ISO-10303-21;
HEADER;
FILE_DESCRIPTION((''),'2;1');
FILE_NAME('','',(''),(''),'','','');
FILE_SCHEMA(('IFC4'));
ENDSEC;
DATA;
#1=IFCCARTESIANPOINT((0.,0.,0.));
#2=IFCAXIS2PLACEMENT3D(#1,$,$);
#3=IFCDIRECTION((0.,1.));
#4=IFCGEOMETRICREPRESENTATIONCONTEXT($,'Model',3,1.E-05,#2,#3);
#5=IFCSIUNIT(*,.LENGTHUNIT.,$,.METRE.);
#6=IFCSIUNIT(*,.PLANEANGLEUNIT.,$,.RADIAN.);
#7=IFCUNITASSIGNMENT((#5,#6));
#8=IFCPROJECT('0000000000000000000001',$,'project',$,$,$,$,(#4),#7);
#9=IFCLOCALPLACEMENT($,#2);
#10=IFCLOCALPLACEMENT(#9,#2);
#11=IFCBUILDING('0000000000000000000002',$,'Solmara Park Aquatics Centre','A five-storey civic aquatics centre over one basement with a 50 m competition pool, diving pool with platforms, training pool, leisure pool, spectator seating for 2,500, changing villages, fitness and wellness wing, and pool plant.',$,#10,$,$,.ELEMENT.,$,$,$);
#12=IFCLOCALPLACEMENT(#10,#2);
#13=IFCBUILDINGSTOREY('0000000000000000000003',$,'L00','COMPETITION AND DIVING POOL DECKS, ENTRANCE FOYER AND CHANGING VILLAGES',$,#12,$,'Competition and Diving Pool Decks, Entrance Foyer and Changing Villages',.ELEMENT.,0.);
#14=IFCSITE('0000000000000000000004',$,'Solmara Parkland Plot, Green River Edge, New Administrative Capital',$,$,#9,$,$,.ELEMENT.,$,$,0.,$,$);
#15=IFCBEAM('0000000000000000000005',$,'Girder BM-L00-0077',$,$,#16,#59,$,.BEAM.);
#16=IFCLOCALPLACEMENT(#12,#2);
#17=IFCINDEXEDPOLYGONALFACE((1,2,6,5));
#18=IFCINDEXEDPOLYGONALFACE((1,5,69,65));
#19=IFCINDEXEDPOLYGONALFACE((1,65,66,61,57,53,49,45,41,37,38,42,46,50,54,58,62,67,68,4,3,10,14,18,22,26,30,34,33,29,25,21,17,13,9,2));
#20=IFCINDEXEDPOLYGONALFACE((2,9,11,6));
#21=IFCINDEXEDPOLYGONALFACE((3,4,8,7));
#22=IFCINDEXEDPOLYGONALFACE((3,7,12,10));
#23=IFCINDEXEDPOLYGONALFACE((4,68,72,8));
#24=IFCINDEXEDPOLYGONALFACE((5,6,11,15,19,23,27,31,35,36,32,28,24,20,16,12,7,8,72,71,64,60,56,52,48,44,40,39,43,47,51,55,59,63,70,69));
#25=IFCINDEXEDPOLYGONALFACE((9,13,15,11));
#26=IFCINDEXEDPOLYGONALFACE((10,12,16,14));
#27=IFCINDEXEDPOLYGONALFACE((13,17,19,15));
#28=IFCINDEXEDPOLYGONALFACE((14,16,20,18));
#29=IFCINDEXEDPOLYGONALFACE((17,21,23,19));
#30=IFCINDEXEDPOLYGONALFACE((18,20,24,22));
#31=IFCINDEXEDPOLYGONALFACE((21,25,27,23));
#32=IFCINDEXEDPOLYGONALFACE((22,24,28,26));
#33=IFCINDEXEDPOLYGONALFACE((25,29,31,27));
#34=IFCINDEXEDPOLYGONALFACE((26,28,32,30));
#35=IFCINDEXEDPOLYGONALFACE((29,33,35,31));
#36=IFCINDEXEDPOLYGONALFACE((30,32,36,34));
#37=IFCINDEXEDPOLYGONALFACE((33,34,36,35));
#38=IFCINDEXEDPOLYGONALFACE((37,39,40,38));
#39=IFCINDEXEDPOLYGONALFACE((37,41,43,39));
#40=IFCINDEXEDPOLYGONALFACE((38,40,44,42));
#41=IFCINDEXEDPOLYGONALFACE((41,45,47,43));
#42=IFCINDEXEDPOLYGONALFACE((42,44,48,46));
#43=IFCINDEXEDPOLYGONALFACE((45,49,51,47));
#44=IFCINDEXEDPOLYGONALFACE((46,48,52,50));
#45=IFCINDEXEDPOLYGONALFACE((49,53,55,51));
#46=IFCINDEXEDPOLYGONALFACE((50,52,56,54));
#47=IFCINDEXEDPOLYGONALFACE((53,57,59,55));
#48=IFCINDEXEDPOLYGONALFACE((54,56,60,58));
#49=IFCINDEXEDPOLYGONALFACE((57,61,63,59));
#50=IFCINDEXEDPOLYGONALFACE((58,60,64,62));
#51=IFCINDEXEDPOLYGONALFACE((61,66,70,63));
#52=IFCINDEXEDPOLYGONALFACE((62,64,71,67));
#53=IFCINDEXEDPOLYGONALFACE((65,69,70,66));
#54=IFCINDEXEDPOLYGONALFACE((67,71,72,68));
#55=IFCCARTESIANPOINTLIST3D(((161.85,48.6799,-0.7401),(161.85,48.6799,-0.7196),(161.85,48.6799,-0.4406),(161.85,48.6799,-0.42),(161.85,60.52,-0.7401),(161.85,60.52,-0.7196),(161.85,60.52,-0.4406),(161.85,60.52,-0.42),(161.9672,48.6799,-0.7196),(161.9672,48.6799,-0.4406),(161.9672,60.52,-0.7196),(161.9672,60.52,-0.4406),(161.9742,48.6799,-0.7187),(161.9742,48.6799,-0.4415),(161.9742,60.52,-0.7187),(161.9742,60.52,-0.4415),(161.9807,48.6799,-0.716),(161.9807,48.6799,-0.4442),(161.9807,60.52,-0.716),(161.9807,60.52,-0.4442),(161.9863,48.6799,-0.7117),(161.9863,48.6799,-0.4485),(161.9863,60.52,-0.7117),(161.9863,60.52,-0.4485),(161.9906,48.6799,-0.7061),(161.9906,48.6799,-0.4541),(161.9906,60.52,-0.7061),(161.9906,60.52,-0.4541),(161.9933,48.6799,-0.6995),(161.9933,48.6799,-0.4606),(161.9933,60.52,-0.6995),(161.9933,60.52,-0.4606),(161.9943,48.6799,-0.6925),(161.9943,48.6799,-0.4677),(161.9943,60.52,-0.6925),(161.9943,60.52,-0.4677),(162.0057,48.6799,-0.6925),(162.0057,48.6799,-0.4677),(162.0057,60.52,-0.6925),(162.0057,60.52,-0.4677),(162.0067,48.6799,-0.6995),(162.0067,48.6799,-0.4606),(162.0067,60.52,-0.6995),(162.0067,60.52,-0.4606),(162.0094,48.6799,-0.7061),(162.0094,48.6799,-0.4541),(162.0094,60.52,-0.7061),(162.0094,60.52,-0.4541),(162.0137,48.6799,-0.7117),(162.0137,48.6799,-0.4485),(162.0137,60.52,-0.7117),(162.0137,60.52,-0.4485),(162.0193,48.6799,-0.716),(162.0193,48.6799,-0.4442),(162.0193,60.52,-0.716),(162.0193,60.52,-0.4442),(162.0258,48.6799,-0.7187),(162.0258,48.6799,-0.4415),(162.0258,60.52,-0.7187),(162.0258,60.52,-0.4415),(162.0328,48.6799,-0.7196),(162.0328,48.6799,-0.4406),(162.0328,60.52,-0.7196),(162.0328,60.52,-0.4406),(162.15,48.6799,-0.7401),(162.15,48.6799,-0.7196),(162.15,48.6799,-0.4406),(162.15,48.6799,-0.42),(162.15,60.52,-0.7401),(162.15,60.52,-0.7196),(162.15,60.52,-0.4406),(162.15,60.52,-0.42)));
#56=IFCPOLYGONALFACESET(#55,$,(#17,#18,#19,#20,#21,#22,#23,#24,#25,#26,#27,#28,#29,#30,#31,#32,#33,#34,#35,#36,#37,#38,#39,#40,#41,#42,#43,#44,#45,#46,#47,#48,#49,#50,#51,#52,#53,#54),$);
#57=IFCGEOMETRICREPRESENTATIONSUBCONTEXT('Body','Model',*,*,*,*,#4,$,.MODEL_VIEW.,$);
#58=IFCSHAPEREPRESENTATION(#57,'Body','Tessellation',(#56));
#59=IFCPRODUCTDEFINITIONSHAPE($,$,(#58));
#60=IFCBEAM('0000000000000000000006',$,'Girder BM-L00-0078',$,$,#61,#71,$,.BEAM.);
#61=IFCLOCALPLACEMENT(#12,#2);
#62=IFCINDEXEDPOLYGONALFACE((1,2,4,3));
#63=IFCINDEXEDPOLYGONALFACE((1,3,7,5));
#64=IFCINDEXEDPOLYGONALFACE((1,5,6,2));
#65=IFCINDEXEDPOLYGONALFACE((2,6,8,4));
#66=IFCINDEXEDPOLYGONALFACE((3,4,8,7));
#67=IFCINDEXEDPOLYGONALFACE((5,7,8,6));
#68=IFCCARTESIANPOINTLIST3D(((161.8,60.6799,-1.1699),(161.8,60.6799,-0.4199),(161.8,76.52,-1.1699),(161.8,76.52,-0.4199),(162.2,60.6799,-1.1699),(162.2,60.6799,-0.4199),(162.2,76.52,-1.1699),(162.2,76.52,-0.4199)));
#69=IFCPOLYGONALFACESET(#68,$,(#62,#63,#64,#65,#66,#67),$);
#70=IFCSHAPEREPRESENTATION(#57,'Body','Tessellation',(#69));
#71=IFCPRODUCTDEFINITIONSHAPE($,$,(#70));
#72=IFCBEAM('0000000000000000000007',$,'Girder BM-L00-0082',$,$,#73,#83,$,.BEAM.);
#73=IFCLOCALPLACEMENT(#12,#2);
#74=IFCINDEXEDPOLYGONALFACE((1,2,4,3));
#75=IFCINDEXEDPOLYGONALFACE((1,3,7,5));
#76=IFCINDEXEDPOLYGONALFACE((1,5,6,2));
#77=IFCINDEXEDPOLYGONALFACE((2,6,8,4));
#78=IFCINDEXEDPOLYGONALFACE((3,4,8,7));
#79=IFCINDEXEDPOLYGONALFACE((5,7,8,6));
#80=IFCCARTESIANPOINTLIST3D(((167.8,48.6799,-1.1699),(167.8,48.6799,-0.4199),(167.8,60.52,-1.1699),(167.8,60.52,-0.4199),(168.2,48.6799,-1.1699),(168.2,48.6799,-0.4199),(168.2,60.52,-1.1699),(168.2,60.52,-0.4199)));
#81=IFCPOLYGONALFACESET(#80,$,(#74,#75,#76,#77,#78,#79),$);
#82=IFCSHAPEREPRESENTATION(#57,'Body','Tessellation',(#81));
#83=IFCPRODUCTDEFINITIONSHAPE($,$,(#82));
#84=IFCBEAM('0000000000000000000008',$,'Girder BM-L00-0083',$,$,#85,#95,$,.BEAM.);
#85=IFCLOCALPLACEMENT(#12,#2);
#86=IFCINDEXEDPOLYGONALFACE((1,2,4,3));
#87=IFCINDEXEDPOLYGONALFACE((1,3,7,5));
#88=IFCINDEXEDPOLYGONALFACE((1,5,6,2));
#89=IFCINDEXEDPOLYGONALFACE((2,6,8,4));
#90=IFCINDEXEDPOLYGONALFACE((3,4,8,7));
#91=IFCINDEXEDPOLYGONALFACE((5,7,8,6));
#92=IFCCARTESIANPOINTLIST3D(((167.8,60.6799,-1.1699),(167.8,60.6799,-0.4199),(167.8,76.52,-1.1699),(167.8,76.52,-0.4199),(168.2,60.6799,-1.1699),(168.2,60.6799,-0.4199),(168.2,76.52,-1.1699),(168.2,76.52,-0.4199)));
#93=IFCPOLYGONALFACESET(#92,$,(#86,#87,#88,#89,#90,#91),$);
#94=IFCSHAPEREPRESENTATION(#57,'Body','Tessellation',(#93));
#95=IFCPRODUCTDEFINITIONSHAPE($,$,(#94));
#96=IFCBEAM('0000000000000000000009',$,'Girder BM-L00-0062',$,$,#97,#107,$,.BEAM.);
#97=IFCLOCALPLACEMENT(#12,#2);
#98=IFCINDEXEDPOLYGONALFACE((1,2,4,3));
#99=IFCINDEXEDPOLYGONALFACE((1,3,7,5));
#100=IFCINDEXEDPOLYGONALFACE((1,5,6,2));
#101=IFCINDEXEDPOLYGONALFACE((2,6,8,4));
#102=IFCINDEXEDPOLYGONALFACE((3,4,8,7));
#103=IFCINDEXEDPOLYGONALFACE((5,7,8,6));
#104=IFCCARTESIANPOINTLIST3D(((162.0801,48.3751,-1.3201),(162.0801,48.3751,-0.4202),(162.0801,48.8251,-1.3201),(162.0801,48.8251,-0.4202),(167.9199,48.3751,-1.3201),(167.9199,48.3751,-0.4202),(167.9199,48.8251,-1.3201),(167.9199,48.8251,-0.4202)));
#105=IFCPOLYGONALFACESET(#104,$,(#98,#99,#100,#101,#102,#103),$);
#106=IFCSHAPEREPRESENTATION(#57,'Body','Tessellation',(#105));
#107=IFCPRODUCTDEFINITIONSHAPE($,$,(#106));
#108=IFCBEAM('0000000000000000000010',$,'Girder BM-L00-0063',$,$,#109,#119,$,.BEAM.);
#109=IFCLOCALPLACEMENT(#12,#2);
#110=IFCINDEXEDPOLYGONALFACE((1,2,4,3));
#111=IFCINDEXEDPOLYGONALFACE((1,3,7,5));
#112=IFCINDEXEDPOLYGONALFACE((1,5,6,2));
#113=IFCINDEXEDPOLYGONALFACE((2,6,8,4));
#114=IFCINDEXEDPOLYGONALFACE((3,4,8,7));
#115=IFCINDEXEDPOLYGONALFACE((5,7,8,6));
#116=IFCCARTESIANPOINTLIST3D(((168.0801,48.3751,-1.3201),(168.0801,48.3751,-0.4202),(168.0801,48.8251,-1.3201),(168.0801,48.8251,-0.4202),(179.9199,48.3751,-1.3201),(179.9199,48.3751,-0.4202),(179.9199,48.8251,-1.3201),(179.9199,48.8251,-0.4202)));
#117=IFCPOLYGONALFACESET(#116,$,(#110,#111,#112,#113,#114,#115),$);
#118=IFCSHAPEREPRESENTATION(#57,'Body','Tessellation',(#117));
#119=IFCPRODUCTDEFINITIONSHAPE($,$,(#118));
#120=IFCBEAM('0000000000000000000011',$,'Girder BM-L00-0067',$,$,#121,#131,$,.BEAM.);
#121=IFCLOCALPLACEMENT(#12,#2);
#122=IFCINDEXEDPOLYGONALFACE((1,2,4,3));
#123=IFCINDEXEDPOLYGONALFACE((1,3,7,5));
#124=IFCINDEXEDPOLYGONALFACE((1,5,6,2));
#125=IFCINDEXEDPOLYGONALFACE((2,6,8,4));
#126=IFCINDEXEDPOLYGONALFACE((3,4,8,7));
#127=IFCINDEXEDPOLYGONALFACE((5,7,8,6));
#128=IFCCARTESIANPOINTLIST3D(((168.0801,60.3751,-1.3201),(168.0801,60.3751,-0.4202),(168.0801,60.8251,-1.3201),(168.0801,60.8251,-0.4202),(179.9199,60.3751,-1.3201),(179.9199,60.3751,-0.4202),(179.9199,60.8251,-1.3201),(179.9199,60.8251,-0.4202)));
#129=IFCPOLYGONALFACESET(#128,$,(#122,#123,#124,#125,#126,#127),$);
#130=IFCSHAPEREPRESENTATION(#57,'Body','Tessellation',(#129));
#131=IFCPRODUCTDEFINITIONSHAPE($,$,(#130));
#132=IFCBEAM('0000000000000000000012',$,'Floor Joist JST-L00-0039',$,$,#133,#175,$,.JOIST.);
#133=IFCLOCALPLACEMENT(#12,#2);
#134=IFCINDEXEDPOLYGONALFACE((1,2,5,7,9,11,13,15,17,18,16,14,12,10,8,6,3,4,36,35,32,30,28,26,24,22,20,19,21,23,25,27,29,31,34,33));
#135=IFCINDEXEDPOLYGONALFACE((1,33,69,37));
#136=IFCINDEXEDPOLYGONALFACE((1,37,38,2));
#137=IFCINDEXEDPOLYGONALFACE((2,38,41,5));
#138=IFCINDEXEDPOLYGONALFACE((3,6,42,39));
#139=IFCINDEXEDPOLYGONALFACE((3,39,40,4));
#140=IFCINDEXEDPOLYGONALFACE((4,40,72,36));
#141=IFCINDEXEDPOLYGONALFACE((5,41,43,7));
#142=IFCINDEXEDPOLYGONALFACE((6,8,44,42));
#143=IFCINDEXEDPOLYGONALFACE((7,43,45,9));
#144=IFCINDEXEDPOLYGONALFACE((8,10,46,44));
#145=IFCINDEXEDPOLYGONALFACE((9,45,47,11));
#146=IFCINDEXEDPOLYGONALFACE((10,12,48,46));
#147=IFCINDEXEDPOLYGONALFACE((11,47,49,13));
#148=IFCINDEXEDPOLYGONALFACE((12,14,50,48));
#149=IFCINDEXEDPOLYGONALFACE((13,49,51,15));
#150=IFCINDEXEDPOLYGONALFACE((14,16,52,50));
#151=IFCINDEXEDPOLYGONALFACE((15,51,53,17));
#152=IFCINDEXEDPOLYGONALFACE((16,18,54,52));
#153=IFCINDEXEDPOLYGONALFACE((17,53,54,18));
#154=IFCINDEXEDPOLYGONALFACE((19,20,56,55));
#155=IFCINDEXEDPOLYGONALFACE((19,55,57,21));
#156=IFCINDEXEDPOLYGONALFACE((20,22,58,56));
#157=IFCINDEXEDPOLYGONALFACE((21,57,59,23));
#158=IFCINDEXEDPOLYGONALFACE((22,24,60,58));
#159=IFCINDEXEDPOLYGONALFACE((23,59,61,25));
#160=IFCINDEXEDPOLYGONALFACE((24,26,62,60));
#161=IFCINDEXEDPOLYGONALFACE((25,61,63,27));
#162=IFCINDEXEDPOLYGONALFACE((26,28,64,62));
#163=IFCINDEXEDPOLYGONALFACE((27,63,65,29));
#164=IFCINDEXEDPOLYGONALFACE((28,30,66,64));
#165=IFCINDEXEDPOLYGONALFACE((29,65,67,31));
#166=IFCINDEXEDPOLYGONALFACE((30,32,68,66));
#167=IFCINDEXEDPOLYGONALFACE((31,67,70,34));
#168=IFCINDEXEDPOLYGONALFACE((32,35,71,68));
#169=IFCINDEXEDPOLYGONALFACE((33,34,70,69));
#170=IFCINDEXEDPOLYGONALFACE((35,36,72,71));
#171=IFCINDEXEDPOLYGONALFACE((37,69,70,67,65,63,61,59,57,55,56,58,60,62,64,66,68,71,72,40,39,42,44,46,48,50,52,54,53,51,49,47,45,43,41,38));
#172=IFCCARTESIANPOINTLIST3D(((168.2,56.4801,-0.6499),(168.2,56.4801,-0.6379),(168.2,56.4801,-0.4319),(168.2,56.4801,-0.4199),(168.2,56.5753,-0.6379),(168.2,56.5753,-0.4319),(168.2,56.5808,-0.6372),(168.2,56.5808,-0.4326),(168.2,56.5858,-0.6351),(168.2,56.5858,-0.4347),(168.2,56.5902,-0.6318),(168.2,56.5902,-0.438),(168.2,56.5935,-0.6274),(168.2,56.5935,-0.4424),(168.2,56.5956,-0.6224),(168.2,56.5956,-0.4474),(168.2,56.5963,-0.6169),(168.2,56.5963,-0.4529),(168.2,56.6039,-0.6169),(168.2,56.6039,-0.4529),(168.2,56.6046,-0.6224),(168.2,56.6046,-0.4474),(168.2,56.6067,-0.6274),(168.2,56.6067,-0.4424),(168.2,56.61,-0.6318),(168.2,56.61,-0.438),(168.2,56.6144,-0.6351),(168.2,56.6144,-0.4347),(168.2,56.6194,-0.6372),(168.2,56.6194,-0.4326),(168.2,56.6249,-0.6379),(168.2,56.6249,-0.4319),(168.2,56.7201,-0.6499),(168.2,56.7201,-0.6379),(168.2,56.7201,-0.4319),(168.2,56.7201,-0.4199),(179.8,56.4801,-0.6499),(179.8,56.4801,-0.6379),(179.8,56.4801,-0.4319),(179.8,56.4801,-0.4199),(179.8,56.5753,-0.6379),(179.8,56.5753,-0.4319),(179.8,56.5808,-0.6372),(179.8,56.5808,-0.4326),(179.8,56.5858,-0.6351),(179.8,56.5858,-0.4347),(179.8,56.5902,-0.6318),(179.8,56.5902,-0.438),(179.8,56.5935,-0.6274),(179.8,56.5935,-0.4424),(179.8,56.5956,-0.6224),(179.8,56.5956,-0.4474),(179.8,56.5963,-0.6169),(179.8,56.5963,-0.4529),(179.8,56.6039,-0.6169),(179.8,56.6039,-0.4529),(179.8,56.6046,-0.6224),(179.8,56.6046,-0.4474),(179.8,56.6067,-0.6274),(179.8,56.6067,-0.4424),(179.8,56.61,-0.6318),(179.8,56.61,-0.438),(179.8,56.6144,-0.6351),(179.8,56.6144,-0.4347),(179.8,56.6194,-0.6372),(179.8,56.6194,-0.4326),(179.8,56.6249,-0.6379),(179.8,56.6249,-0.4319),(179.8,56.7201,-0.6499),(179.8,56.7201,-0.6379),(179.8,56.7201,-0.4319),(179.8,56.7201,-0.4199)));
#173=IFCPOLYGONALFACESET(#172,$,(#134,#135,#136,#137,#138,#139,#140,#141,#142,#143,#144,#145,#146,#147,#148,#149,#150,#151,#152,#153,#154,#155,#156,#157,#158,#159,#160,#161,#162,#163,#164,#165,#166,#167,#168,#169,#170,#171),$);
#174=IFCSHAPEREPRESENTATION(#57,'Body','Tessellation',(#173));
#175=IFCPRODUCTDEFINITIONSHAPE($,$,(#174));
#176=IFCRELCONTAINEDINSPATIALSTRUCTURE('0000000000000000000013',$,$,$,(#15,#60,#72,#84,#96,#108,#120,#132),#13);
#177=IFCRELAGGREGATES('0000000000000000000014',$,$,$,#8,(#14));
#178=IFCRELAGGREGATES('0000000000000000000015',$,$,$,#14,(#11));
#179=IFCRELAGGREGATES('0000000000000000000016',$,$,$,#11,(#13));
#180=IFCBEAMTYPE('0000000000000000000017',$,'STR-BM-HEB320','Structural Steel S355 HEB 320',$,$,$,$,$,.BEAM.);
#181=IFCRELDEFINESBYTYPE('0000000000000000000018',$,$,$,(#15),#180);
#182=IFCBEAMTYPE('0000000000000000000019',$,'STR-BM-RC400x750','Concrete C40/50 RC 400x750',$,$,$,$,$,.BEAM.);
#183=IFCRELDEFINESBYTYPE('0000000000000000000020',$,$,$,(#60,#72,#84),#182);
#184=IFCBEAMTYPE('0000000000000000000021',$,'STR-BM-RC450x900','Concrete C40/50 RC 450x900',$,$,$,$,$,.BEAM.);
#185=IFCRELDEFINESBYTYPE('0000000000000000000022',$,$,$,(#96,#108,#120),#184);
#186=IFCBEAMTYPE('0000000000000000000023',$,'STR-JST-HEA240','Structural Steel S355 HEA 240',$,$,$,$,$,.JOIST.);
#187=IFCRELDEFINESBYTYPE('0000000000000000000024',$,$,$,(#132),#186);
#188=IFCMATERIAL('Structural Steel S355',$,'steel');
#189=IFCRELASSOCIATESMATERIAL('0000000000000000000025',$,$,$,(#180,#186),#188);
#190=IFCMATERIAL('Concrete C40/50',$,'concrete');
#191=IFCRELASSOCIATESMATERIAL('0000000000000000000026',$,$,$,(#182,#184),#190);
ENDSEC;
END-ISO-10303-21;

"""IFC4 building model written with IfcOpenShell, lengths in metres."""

from ifc_helpers import new_model, si_unit, direction, frame, origin, origin_2d, place, context, subcontext, project, spatial, rectangle, i_section, extrude, material, material_profile, profile_set, type_object, element, save


model = new_model("IFC4")

# Units and contexts
model_context = context("Model", 3, precision=1e-05, world=origin(), true_north=direction((0.0, 1.0)))
body_context = subcontext(model_context, "Body", "Model", "MODEL_VIEW")
ifc_project = project(units=[si_unit("LENGTHUNIT", "METRE"), si_unit("PLANEANGLEUNIT", "RADIAN")], contexts=[model_context])

# Site, building, storey
site_placement = place(None, origin())
site = spatial("IfcSite", under=ifc_project, at=site_placement, Name="Solmara Parkland Plot, Green River Edge, New Administrative Capital", CompositionType="ELEMENT", RefElevation=0.0)
building_placement = place(site_placement, origin())
building = spatial("IfcBuilding", under=site, at=building_placement, Name="Solmara Park Aquatics Centre", Description="A five-storey civic aquatics centre over one basement with a 50 m competition pool, diving pool with platforms, training pool, leisure pool, spectator seating for 2,500, changing villages, fitness and wellness wing, and pool plant.", CompositionType="ELEMENT")
storey_placement = place(building_placement, origin())
storey = spatial("IfcBuildingStorey", under=building, at=storey_placement, Name="L00", Description="COMPETITION AND DIVING POOL DECKS, ENTRANCE FOYER AND CHANGING VILLAGES", LongName="Competition and Diving Pool Decks, Entrance Foyer and Changing Villages", CompositionType="ELEMENT", Elevation=0.0)

# Shared definitions
ifc_material_1 = material(Name="Concrete C40/50", Category="concrete")

# Beams
ifc_material_2 = material(Name="Structural Steel S355", Category="steel")
ifc_material_profile_1 = material_profile(ifc_material_2, i_section(OverallWidth=0.3, OverallDepth=0.3201, WebThickness=0.0115, FlangeThickness=0.0205, FilletRadius=0.0271, at=origin_2d()), Name="HEB 320")
ifc_profile_set_1 = profile_set([ifc_material_profile_1], Name="Structural Steel S355")
beam_type_1 = type_object("IfcBeamType", Name="STR-BM-HEB320", Description="Structural Steel S355 HEB 320", PredefinedType="BEAM", material=ifc_profile_set_1)
beam_1_placement = place(storey_placement, frame((162.0, 48.6799, -0.5801), z_axis=(0.0, 1.0, 0.0), x_axis=(-1.0, 0.0, 0.0)))
element("IfcBeam", 1, at=beam_1_placement, inside=storey, type_object=beam_type_1, Name="Girder BM-L00-0077", PredefinedType="BEAM", context=body_context, shape_type="SweptSolid", body=[
    extrude(i_section(OverallWidth=0.3, OverallDepth=0.3201, WebThickness=0.0115, FlangeThickness=0.0205, FilletRadius=0.0271, at=origin_2d()), origin(), (0.0, 0.0, 1.0), 11.8401),
])
ifc_material_profile_2 = material_profile(ifc_material_1, rectangle(XDim=0.3999, YDim=0.75, at=origin_2d()), Name="RC 400x750")
ifc_profile_set_2 = profile_set([ifc_material_profile_2], Name="Concrete C40/50")
beam_type_2 = type_object("IfcBeamType", Name="STR-BM-RC400x750", Description="Concrete C40/50 RC 400x750", PredefinedType="BEAM", material=ifc_profile_set_2)
beam_2_placement = place(storey_placement, frame((162.0, 60.6799, -0.7949), z_axis=(0.0, 1.0, 0.0), x_axis=(-1.0, 0.0, 0.0)))
element("IfcBeam", 2, at=beam_2_placement, inside=storey, type_object=beam_type_2, Name="Girder BM-L00-0078", PredefinedType="BEAM", context=body_context, shape_type="SweptSolid", body=[
    extrude(rectangle(XDim=0.3999, YDim=0.75, at=origin_2d()), origin(), (0.0, 0.0, 1.0), 15.8401),
])
beam_3_placement = place(storey_placement, frame((168.0, 48.6799, -0.7949), z_axis=(0.0, 1.0, 0.0), x_axis=(-1.0, 0.0, 0.0)))
element("IfcBeam", 3, at=beam_3_placement, inside=storey, type_object=beam_type_2, Name="Girder BM-L00-0082", PredefinedType="BEAM", context=body_context, shape_type="SweptSolid", body=[
    extrude(rectangle(XDim=0.3999, YDim=0.75, at=origin_2d()), origin(), (0.0, 0.0, 1.0), 11.8401),
])
beam_4_placement = place(storey_placement, frame((168.0, 60.6799, -0.7949), z_axis=(0.0, 1.0, 0.0), x_axis=(-1.0, 0.0, 0.0)))
element("IfcBeam", 4, at=beam_4_placement, inside=storey, type_object=beam_type_2, Name="Girder BM-L00-0083", PredefinedType="BEAM", context=body_context, shape_type="SweptSolid", body=[
    extrude(rectangle(XDim=0.3999, YDim=0.75, at=origin_2d()), origin(), (0.0, 0.0, 1.0), 15.8401),
])
ifc_material_profile_3 = material_profile(ifc_material_1, rectangle(XDim=0.45, YDim=0.8999, at=origin_2d()), Name="RC 450x900")
ifc_profile_set_3 = profile_set([ifc_material_profile_3], Name="Concrete C40/50")
beam_type_3 = type_object("IfcBeamType", Name="STR-BM-RC450x900", Description="Concrete C40/50 RC 450x900", PredefinedType="BEAM", material=ifc_profile_set_3)
beam_5_placement = place(storey_placement, frame((162.0801, 48.6001, -0.8701), z_axis=(1.0, 0.0, 0.0), x_axis=(0.0, 1.0, 0.0)))
element("IfcBeam", 5, at=beam_5_placement, inside=storey, type_object=beam_type_3, Name="Girder BM-L00-0062", PredefinedType="BEAM", context=body_context, shape_type="SweptSolid", body=[
    extrude(rectangle(XDim=0.45, YDim=0.8999, at=origin_2d()), origin(), (0.0, 0.0, 1.0), 5.8398),
])
for number, where, z_axis, x_axis, name in (
    (6, (168.0801, 48.6001, -0.8701), (1.0, 0.0, 0.0), (0.0, 1.0, 0.0), "Girder BM-L00-0063"),
    (7, (168.0801, 60.6001, -0.8701), (1.0, 0.0, 0.0), (0.0, 1.0, 0.0), "Girder BM-L00-0067"),
):
    element("IfcBeam", number, at=place(storey_placement, frame(where, z_axis=z_axis, x_axis=x_axis)), inside=storey, type_object=beam_type_3, Name=name, PredefinedType="BEAM", context=body_context, shape_type="SweptSolid", body=[
        extrude(rectangle(XDim=0.45, YDim=0.8999, at=origin_2d()), origin(), (0.0, 0.0, 1.0), 11.8398),
    ])
ifc_material_profile_4 = material_profile(ifc_material_2, i_section(OverallWidth=0.24, OverallDepth=0.23, WebThickness=0.0076, FlangeThickness=0.012, FilletRadius=0.021, at=origin_2d()), Name="HEA 240")
ifc_profile_set_4 = profile_set([ifc_material_profile_4], Name="Structural Steel S355")
beam_type_4 = type_object("IfcBeamType", Name="STR-JST-HEA240", Description="Structural Steel S355 HEA 240", PredefinedType="JOIST", material=ifc_profile_set_4)
beam_6_placement = place(storey_placement, frame((168.2, 56.6001, -0.5349), z_axis=(1.0, 0.0, 0.0), x_axis=(0.0, 1.0, 0.0)))
element("IfcBeam", 8, at=beam_6_placement, inside=storey, type_object=beam_type_4, Name="Floor Joist JST-L00-0039", PredefinedType="JOIST", context=body_context, shape_type="SweptSolid", body=[
    extrude(i_section(OverallWidth=0.24, OverallDepth=0.23, WebThickness=0.0076, FlangeThickness=0.012, FilletRadius=0.021, at=origin_2d()), origin(), (0.0, 0.0, 1.0), 11.6001),
])

save(model, "model.ifc")
